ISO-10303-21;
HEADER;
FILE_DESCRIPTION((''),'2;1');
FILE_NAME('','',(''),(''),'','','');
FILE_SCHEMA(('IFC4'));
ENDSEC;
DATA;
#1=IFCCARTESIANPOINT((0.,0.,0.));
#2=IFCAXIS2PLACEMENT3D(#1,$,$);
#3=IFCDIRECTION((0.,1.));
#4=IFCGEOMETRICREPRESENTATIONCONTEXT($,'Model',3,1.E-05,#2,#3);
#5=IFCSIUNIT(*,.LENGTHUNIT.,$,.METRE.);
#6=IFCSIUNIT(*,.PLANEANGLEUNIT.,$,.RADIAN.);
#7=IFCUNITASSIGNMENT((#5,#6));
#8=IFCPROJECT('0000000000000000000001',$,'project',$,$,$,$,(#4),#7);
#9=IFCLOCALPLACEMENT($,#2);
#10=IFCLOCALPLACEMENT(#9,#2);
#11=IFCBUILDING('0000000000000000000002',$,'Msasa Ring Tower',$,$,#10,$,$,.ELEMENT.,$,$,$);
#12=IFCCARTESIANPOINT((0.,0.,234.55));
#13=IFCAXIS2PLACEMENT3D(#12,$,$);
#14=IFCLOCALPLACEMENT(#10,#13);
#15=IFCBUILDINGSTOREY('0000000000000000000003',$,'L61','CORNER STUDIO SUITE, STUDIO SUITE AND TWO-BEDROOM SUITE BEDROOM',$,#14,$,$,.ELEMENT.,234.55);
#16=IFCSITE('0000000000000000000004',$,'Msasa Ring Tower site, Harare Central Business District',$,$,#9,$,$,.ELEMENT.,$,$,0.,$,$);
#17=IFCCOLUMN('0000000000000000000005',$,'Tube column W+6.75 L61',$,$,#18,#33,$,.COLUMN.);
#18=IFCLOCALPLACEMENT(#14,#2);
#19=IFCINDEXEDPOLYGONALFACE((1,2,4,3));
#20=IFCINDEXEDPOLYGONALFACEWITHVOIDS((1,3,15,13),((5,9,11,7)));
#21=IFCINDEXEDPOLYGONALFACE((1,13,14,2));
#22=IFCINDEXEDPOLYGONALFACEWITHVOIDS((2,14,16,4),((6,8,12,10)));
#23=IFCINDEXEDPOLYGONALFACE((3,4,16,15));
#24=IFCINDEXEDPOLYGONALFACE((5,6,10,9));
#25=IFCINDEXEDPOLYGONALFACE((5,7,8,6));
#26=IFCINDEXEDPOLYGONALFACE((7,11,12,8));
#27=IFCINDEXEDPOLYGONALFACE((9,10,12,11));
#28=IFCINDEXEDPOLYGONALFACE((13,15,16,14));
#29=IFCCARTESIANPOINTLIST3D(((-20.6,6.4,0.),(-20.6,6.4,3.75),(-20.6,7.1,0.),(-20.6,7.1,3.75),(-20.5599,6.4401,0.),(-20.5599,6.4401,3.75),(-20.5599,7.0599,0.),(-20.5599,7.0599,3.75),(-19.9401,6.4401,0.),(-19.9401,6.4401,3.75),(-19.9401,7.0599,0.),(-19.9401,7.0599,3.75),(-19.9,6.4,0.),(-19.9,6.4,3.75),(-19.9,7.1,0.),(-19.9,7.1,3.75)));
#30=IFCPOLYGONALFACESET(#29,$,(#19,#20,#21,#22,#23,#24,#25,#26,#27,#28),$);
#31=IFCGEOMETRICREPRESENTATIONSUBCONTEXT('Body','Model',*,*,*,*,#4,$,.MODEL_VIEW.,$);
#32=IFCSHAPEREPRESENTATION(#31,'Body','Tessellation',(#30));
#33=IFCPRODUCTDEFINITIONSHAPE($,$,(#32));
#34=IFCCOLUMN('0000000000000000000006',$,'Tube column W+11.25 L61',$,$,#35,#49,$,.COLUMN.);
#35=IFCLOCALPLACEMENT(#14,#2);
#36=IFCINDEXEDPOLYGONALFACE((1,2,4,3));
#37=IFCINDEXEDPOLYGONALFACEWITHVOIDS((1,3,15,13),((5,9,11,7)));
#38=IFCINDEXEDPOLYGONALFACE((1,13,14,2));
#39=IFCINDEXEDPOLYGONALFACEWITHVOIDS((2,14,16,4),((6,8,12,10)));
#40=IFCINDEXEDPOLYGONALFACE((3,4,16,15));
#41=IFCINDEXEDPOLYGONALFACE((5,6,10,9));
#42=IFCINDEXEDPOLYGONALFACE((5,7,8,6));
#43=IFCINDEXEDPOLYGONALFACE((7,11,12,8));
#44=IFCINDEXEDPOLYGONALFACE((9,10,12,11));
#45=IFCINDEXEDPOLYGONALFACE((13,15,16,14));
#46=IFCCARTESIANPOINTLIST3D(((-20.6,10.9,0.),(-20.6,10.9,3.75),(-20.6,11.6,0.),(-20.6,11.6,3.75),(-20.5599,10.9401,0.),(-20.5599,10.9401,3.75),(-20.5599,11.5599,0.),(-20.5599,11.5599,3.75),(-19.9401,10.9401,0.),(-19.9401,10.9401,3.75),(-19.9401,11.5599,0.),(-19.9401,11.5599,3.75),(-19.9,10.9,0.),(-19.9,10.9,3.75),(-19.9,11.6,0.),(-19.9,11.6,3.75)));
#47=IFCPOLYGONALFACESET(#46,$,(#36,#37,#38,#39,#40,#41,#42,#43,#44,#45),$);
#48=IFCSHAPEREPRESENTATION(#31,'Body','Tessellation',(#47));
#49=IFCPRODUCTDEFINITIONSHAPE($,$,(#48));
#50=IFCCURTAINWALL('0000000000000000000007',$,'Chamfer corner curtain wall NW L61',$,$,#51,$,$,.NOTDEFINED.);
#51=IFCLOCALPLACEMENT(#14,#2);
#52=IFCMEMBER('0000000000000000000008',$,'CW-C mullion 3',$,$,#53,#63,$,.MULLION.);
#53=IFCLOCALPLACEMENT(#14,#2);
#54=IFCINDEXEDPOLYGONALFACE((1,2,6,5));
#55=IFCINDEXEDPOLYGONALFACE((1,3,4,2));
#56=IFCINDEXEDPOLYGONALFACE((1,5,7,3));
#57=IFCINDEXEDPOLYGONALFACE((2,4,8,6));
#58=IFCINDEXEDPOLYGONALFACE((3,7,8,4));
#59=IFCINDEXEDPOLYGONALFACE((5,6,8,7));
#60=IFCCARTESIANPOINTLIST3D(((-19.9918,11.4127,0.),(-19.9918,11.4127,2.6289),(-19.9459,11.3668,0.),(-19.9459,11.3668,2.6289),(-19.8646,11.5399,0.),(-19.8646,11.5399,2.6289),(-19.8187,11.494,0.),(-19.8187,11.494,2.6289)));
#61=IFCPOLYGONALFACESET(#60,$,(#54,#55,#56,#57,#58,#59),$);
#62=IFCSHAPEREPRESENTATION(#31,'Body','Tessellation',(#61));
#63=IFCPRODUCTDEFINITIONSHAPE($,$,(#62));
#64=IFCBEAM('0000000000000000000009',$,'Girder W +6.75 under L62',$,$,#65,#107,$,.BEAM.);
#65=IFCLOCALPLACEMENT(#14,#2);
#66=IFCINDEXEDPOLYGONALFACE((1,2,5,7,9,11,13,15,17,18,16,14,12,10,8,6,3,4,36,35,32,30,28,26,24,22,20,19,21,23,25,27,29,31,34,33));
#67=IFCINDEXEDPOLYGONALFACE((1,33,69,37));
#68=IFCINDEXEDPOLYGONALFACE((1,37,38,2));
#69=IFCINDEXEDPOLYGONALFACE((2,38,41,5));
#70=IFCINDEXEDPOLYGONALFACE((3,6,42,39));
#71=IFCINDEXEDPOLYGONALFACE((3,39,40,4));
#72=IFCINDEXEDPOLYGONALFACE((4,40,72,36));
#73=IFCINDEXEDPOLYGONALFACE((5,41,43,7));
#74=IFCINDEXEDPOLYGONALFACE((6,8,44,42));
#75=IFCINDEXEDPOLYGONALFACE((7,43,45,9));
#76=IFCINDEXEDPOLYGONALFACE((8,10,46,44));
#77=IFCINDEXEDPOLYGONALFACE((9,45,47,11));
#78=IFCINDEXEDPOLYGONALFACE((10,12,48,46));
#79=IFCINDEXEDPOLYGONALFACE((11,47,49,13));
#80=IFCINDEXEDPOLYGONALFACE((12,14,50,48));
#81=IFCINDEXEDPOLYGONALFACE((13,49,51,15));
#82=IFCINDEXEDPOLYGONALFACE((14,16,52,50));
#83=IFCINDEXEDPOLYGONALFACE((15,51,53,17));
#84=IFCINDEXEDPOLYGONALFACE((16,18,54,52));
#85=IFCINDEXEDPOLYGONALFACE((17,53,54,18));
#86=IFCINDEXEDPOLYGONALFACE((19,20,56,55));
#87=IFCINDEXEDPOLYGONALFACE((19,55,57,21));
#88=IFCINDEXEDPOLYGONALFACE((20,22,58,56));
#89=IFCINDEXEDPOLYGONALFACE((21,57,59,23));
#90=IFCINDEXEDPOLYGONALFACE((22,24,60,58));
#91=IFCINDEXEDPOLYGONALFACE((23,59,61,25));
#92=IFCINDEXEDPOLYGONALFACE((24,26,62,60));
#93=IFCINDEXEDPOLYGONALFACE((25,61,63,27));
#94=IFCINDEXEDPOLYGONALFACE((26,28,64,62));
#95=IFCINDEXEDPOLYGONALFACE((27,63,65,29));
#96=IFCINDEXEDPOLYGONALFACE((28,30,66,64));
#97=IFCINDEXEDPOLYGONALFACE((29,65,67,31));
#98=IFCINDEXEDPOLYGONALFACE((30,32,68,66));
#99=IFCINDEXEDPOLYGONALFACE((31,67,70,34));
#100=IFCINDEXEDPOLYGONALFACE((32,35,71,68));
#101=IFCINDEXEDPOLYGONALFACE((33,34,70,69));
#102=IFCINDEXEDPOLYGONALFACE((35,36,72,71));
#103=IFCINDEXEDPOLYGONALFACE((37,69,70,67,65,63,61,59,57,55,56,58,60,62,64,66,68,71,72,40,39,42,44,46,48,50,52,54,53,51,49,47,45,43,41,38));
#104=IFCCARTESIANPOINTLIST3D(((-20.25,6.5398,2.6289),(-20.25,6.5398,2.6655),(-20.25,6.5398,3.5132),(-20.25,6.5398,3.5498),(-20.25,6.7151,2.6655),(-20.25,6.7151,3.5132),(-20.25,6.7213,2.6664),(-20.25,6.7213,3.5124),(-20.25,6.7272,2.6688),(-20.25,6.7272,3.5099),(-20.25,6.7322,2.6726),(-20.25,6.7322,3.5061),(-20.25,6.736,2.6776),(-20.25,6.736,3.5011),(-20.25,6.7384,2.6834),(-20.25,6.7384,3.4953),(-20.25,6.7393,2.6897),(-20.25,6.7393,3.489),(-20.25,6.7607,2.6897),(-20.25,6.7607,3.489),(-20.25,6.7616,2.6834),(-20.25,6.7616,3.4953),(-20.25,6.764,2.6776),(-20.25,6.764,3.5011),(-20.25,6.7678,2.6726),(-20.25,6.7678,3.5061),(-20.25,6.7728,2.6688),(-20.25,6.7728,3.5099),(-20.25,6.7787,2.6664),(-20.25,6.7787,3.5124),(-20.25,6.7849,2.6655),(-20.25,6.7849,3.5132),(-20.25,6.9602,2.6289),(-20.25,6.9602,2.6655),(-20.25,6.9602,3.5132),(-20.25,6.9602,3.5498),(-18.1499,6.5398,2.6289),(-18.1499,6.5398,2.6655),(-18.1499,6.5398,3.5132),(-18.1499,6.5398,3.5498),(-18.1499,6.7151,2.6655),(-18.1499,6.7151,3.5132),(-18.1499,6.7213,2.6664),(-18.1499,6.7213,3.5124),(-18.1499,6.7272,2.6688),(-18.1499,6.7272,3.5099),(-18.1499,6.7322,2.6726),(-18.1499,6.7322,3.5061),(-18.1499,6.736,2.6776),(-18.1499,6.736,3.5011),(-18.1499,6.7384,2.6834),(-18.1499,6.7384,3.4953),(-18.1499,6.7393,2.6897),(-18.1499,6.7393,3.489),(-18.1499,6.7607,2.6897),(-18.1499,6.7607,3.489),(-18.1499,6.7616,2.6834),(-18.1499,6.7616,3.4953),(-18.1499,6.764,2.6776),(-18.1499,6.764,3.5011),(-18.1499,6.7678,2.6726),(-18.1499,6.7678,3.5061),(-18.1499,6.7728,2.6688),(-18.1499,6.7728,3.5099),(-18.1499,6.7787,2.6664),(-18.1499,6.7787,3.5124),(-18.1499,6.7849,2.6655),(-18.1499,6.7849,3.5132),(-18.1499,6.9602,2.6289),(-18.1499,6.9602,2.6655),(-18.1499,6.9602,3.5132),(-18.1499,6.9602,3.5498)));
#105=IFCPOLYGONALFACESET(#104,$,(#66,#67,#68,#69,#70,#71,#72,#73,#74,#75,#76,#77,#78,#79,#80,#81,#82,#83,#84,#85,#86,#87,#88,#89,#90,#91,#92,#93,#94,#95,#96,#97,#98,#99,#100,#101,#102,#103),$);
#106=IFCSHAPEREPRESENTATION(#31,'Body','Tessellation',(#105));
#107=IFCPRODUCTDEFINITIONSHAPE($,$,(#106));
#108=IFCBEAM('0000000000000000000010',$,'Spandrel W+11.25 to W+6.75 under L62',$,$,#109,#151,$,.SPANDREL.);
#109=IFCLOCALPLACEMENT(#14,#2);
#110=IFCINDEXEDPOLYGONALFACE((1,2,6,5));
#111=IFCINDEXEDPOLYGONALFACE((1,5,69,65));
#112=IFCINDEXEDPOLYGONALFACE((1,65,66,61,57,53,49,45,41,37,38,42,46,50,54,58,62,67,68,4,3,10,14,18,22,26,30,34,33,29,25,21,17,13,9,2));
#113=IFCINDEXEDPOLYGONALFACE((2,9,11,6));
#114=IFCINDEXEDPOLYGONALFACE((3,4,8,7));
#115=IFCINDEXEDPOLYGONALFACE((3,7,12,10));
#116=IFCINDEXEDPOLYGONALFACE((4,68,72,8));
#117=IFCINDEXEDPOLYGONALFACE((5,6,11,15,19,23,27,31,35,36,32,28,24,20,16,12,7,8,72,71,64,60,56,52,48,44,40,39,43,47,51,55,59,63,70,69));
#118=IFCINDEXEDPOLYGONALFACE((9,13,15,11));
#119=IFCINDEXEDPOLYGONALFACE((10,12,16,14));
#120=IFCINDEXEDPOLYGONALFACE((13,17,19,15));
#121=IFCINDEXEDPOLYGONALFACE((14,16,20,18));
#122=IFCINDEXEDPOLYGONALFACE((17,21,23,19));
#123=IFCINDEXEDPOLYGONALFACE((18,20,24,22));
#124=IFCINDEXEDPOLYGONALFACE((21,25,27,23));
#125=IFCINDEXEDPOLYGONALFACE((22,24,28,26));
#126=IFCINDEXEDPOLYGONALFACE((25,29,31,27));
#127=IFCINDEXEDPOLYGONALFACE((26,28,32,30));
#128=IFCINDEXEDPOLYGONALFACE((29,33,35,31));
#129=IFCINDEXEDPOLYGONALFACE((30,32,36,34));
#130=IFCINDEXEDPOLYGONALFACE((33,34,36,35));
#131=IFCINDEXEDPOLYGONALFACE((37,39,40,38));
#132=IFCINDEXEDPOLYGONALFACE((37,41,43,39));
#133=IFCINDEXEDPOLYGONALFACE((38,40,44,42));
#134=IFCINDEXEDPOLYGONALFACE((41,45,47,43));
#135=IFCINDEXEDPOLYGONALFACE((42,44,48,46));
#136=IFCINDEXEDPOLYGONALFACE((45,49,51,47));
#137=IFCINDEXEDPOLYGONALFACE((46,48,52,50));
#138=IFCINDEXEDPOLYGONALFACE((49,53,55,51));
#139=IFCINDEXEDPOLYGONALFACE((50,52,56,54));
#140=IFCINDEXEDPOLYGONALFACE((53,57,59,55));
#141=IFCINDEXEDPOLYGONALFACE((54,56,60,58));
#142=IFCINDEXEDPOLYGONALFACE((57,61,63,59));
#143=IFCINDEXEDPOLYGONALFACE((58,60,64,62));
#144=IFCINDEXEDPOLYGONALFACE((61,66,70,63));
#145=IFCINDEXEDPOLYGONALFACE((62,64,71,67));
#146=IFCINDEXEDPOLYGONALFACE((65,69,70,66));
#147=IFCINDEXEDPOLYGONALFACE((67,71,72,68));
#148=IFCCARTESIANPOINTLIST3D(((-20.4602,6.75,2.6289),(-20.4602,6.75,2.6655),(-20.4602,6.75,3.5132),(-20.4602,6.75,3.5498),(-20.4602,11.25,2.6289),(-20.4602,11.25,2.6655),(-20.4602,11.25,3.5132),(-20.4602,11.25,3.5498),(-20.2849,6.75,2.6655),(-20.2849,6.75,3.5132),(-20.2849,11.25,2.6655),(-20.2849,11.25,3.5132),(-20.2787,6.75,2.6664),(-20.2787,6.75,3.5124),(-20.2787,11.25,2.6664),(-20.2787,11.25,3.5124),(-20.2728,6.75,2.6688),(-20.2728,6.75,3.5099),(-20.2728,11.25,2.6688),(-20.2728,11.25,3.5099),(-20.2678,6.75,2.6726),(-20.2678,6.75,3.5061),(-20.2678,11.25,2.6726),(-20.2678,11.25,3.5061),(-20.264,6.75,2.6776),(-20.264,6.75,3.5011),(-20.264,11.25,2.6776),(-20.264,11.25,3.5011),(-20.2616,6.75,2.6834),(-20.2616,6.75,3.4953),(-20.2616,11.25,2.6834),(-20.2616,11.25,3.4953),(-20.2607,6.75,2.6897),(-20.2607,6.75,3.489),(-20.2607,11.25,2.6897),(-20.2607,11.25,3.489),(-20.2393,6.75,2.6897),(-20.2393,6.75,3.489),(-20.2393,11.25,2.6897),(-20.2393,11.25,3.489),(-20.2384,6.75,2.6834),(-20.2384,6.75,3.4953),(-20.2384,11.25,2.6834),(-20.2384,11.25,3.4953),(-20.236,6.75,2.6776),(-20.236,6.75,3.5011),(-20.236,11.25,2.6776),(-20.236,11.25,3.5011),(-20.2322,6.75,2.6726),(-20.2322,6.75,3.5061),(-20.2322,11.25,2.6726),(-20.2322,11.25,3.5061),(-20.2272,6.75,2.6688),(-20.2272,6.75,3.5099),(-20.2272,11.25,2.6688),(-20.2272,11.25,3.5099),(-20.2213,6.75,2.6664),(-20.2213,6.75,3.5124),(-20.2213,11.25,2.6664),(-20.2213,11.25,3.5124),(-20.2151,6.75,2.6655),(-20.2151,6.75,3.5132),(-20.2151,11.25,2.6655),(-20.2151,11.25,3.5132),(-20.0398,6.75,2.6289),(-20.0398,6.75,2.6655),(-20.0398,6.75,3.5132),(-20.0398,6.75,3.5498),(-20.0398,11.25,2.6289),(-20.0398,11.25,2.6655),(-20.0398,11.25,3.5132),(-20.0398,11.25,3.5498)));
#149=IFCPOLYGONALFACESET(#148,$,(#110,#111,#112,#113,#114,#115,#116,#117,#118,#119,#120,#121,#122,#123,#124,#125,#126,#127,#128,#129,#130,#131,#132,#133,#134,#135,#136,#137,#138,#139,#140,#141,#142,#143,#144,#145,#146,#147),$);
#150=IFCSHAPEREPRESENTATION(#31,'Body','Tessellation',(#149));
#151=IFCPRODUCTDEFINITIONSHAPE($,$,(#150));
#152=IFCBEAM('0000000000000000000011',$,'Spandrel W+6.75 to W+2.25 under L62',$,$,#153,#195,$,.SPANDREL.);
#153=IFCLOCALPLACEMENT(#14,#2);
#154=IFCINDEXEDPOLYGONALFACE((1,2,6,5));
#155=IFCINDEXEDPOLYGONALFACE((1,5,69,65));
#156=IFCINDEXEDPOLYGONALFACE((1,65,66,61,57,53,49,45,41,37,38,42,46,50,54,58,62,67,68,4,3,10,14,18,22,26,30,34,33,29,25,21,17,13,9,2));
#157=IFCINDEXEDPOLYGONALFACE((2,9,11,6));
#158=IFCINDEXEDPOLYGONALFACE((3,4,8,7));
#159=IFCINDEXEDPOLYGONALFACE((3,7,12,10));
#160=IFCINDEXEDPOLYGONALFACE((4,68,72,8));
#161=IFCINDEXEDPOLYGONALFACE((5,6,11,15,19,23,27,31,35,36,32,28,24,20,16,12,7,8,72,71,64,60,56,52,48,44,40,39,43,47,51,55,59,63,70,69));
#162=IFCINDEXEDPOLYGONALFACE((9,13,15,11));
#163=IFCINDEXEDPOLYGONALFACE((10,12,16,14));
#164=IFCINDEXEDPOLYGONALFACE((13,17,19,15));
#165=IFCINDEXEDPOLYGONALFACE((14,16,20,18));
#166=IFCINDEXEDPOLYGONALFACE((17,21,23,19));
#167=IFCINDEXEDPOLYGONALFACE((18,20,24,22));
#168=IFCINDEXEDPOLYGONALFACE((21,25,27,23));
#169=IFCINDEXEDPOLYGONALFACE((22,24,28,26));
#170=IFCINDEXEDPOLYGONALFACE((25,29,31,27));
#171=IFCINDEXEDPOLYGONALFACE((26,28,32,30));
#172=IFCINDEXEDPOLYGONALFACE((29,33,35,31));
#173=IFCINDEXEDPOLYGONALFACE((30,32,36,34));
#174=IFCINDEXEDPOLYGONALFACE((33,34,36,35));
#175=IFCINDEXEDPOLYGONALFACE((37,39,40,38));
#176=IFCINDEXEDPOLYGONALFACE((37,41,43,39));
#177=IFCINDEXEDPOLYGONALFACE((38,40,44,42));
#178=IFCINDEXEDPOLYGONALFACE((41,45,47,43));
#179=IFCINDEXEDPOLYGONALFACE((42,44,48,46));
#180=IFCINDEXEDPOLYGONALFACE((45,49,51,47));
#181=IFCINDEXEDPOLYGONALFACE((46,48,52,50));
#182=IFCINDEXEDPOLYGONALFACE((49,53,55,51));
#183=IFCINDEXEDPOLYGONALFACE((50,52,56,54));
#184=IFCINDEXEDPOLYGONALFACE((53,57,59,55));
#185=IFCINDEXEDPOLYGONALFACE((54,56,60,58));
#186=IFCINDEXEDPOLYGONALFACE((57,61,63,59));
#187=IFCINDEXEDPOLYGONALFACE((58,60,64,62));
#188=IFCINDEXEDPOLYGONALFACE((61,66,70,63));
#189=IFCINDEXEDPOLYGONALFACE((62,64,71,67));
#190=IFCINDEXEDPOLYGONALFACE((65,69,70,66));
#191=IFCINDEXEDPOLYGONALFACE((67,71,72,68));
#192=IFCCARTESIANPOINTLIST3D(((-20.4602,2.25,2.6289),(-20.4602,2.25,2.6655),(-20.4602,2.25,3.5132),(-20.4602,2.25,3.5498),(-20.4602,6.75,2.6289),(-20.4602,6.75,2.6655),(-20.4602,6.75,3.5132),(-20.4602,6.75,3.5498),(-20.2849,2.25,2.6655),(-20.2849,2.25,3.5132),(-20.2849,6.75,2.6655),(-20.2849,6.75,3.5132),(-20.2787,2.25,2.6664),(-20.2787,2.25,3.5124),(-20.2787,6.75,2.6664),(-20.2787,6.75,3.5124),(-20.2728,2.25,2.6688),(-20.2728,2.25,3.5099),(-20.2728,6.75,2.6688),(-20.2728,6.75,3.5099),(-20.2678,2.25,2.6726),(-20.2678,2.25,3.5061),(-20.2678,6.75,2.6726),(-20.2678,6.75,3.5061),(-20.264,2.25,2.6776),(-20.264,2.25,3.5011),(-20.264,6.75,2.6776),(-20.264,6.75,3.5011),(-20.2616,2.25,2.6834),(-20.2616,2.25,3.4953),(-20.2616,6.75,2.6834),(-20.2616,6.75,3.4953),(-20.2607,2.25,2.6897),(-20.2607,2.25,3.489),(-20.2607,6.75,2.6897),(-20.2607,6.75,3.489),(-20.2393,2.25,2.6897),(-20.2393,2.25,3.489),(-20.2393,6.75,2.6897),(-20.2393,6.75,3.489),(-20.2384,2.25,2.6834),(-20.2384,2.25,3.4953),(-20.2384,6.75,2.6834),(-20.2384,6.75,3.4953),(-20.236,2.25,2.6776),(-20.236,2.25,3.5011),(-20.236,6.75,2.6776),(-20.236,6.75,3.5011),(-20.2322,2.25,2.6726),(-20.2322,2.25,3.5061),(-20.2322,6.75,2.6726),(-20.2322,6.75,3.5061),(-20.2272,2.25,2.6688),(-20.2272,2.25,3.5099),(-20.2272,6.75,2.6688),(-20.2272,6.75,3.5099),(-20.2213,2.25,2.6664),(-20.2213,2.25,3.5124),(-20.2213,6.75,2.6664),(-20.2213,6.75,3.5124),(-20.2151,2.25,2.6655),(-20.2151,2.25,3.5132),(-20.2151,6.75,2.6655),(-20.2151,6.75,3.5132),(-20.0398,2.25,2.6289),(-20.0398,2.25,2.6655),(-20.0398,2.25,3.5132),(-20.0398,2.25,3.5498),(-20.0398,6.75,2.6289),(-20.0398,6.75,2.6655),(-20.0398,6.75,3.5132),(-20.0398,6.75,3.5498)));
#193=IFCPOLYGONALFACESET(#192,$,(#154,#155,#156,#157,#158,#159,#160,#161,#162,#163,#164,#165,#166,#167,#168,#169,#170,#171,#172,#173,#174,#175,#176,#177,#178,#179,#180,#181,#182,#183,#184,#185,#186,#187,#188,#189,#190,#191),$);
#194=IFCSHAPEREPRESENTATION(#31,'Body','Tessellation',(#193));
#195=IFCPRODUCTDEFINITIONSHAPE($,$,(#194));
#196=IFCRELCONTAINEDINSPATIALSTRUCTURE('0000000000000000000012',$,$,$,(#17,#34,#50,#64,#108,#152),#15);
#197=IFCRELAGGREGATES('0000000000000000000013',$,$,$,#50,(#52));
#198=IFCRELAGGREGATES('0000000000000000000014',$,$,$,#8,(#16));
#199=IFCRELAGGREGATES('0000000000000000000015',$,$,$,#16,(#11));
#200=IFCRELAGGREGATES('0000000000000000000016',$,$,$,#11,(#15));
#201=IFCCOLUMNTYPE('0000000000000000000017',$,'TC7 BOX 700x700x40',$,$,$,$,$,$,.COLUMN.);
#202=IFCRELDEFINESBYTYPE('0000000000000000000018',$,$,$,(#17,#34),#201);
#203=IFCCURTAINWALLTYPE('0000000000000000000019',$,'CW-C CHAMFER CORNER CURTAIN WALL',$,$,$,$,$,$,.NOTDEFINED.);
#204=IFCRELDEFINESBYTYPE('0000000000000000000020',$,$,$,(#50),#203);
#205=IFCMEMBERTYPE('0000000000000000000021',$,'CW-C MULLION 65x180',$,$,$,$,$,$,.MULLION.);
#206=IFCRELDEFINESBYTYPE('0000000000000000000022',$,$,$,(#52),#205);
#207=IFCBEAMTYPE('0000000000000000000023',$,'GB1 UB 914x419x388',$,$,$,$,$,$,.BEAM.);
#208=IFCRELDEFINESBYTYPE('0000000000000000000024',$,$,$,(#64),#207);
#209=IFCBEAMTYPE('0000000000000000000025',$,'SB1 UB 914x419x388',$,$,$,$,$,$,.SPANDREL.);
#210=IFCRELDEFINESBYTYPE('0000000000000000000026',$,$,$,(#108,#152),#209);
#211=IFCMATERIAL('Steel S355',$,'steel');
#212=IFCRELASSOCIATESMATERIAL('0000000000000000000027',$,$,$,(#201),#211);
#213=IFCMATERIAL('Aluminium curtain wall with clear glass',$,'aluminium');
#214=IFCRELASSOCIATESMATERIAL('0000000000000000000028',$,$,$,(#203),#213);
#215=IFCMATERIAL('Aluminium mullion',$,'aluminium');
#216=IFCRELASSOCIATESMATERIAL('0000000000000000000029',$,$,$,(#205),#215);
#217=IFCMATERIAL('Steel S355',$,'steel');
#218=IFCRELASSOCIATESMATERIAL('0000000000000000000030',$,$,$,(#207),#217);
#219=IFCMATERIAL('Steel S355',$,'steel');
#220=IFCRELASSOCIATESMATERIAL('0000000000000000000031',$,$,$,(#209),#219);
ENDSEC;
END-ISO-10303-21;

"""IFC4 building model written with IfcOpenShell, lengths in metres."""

from ifc_helpers import new_model, si_unit, direction, frame, origin, origin_2d, place, context, subcontext, project, spatial, rectangle, hollow_rectangle, i_section, extrude, material, material_profile, profile_set, type_object, element, aggregate, save


model = new_model("IFC4")

# Units and contexts
model_context = context("Model", 3, precision=1e-05, world=origin(), true_north=direction((0.0, 1.0)))
body_context = subcontext(model_context, "Body", "Model", "MODEL_VIEW")
ifc_project = project(units=[si_unit("LENGTHUNIT", "METRE"), si_unit("PLANEANGLEUNIT", "RADIAN")], contexts=[model_context])

# Site, building, storey
site_placement = place(None, origin())
site = spatial("IfcSite", under=ifc_project, at=site_placement, Name="Msasa Ring Tower site, Harare Central Business District", CompositionType="ELEMENT", RefElevation=0.0)
building_placement = place(site_placement, origin())
building = spatial("IfcBuilding", under=site, at=building_placement, Name="Msasa Ring Tower", CompositionType="ELEMENT")
storey_placement = place(building_placement, frame((0.0, 0.0, 234.55)))
storey = spatial("IfcBuildingStorey", under=building, at=storey_placement, Name="L61", Description="CORNER STUDIO SUITE, STUDIO SUITE AND TWO-BEDROOM SUITE BEDROOM", CompositionType="ELEMENT", Elevation=234.55)

# Columns
ifc_material_1 = material(Name="Steel S355", Category="steel")
ifc_material_profile_1 = material_profile(ifc_material_1, hollow_rectangle(XDim=0.7, YDim=0.7, WallThickness=0.04, at=origin_2d()), Name="BOX 700x700x40")
ifc_profile_set_1 = profile_set([ifc_material_profile_1], Name="Steel S355")
column_type = type_object("IfcColumnType", Name="TC7 BOX 700x700x40", PredefinedType="COLUMN", material=ifc_profile_set_1)
for number, where, z_axis, x_axis, name in (
    (1, (-20.25, 6.75, 0.0), (0.0, 0.0, 1.0), (1.0, 0.0, 0.0), "Tube column W+6.75 L61"),
    (2, (-20.25, 11.25, 0.0), (0.0, 0.0, 1.0), (1.0, 0.0, 0.0), "Tube column W+11.25 L61"),
):
    element("IfcColumn", number, at=place(storey_placement, frame(where, z_axis=z_axis, x_axis=x_axis)), inside=storey, type_object=column_type, Name=name, PredefinedType="COLUMN", context=body_context, shape_type="SweptSolid", body=[
        extrude(hollow_rectangle(XDim=0.7, YDim=0.7, WallThickness=0.04, at=origin_2d()), origin(), (0.0, 0.0, 1.0), 3.75),
    ])

# Curtain wall, member
ifc_material_2 = material(Name="Aluminium curtain wall with clear glass", Category="aluminium")
curtain_wall_type = type_object("IfcCurtainWallType", Name="CW-C CHAMFER CORNER CURTAIN WALL", PredefinedType="NOTDEFINED", material=ifc_material_2)
curtain_wall_placement = place(storey_placement, origin())
curtain_wall = element("IfcCurtainWall", 3, at=curtain_wall_placement, inside=storey, type_object=curtain_wall_type, Name="Chamfer corner curtain wall NW L61", PredefinedType="NOTDEFINED")
ifc_material_3 = material(Name="Aluminium mullion", Category="aluminium")
ifc_material_profile_2 = material_profile(ifc_material_3, rectangle(XDim=0.0649, YDim=0.1799, at=origin_2d()), Name="AL 65x180")
ifc_profile_set_2 = profile_set([ifc_material_profile_2], Name="Aluminium mullion")
member_type = type_object("IfcMemberType", Name="CW-C MULLION 65x180", PredefinedType="MULLION", material=ifc_profile_set_2)
member_placement = place(storey_placement, frame((-19.9053, 11.4534, 0.0), z_axis=(0.0, 0.0, 1.0), x_axis=(0.707107, -0.707107, 0.0)))
member = element("IfcMember", 4, at=member_placement, type_object=member_type, Name="CW-C mullion 3", PredefinedType="MULLION", context=body_context, shape_type="SweptSolid", body=[
    extrude(rectangle(XDim=0.0649, YDim=0.1799, at=origin_2d()), origin(), (0.0, 0.0, 1.0), 2.6289),
])
aggregate(curtain_wall, [member])

# Beams
ifc_material_4 = material(Name="Steel S355", Category="steel")
ifc_material_profile_3 = material_profile(ifc_material_4, i_section(OverallWidth=0.4204, OverallDepth=0.9209, WebThickness=0.0215, FlangeThickness=0.0366, FilletRadius=0.0242, at=origin_2d()), Name="UB 914x419x388")
ifc_profile_set_3 = profile_set([ifc_material_profile_3], Name="Steel S355")
beam_type_1 = type_object("IfcBeamType", Name="GB1 UB 914x419x388", PredefinedType="BEAM", material=ifc_profile_set_3)
beam_placement = place(storey_placement, frame((-18.1499, 6.75, 3.0894), z_axis=(-1.0, 0.0, 0.0), x_axis=(0.0, -1.0, 0.0)))
element("IfcBeam", 5, at=beam_placement, inside=storey, type_object=beam_type_1, Name="Girder W +6.75 under L62", PredefinedType="BEAM", context=body_context, shape_type="SweptSolid", body=[
    extrude(i_section(OverallWidth=0.4204, OverallDepth=0.9209, WebThickness=0.0215, FlangeThickness=0.0366, FilletRadius=0.0242, at=origin_2d()), origin(), (0.0, 0.0, 1.0), 2.1001),
])
ifc_material_5 = material(Name="Steel S355", Category="steel")
ifc_material_profile_4 = material_profile(ifc_material_5, i_section(OverallWidth=0.4204, OverallDepth=0.9209, WebThickness=0.0215, FlangeThickness=0.0366, FilletRadius=0.0242, at=origin_2d()), Name="UB 914x419x388")
ifc_profile_set_4 = profile_set([ifc_material_profile_4], Name="Steel S355")
beam_type_2 = type_object("IfcBeamType", Name="SB1 UB 914x419x388", PredefinedType="SPANDREL", material=ifc_profile_set_4)
for number, where, z_axis, x_axis, name in (
    (6, (-20.25, 11.25, 3.0894), (0.0, -1.0, 0.0), (1.0, 0.0, 0.0), "Spandrel W+11.25 to W+6.75 under L62"),
    (7, (-20.25, 6.75, 3.0894), (0.0, -1.0, 0.0), (1.0, 0.0, 0.0), "Spandrel W+6.75 to W+2.25 under L62"),
):
    element("IfcBeam", number, at=place(storey_placement, frame(where, z_axis=z_axis, x_axis=x_axis)), inside=storey, type_object=beam_type_2, Name=name, PredefinedType="SPANDREL", context=body_context, shape_type="SweptSolid", body=[
        extrude(i_section(OverallWidth=0.4204, OverallDepth=0.9209, WebThickness=0.0215, FlangeThickness=0.0366, FilletRadius=0.0242, at=origin_2d()), origin(), (0.0, 0.0, 1.0), 4.5),
    ])

save(model, "model.ifc")
